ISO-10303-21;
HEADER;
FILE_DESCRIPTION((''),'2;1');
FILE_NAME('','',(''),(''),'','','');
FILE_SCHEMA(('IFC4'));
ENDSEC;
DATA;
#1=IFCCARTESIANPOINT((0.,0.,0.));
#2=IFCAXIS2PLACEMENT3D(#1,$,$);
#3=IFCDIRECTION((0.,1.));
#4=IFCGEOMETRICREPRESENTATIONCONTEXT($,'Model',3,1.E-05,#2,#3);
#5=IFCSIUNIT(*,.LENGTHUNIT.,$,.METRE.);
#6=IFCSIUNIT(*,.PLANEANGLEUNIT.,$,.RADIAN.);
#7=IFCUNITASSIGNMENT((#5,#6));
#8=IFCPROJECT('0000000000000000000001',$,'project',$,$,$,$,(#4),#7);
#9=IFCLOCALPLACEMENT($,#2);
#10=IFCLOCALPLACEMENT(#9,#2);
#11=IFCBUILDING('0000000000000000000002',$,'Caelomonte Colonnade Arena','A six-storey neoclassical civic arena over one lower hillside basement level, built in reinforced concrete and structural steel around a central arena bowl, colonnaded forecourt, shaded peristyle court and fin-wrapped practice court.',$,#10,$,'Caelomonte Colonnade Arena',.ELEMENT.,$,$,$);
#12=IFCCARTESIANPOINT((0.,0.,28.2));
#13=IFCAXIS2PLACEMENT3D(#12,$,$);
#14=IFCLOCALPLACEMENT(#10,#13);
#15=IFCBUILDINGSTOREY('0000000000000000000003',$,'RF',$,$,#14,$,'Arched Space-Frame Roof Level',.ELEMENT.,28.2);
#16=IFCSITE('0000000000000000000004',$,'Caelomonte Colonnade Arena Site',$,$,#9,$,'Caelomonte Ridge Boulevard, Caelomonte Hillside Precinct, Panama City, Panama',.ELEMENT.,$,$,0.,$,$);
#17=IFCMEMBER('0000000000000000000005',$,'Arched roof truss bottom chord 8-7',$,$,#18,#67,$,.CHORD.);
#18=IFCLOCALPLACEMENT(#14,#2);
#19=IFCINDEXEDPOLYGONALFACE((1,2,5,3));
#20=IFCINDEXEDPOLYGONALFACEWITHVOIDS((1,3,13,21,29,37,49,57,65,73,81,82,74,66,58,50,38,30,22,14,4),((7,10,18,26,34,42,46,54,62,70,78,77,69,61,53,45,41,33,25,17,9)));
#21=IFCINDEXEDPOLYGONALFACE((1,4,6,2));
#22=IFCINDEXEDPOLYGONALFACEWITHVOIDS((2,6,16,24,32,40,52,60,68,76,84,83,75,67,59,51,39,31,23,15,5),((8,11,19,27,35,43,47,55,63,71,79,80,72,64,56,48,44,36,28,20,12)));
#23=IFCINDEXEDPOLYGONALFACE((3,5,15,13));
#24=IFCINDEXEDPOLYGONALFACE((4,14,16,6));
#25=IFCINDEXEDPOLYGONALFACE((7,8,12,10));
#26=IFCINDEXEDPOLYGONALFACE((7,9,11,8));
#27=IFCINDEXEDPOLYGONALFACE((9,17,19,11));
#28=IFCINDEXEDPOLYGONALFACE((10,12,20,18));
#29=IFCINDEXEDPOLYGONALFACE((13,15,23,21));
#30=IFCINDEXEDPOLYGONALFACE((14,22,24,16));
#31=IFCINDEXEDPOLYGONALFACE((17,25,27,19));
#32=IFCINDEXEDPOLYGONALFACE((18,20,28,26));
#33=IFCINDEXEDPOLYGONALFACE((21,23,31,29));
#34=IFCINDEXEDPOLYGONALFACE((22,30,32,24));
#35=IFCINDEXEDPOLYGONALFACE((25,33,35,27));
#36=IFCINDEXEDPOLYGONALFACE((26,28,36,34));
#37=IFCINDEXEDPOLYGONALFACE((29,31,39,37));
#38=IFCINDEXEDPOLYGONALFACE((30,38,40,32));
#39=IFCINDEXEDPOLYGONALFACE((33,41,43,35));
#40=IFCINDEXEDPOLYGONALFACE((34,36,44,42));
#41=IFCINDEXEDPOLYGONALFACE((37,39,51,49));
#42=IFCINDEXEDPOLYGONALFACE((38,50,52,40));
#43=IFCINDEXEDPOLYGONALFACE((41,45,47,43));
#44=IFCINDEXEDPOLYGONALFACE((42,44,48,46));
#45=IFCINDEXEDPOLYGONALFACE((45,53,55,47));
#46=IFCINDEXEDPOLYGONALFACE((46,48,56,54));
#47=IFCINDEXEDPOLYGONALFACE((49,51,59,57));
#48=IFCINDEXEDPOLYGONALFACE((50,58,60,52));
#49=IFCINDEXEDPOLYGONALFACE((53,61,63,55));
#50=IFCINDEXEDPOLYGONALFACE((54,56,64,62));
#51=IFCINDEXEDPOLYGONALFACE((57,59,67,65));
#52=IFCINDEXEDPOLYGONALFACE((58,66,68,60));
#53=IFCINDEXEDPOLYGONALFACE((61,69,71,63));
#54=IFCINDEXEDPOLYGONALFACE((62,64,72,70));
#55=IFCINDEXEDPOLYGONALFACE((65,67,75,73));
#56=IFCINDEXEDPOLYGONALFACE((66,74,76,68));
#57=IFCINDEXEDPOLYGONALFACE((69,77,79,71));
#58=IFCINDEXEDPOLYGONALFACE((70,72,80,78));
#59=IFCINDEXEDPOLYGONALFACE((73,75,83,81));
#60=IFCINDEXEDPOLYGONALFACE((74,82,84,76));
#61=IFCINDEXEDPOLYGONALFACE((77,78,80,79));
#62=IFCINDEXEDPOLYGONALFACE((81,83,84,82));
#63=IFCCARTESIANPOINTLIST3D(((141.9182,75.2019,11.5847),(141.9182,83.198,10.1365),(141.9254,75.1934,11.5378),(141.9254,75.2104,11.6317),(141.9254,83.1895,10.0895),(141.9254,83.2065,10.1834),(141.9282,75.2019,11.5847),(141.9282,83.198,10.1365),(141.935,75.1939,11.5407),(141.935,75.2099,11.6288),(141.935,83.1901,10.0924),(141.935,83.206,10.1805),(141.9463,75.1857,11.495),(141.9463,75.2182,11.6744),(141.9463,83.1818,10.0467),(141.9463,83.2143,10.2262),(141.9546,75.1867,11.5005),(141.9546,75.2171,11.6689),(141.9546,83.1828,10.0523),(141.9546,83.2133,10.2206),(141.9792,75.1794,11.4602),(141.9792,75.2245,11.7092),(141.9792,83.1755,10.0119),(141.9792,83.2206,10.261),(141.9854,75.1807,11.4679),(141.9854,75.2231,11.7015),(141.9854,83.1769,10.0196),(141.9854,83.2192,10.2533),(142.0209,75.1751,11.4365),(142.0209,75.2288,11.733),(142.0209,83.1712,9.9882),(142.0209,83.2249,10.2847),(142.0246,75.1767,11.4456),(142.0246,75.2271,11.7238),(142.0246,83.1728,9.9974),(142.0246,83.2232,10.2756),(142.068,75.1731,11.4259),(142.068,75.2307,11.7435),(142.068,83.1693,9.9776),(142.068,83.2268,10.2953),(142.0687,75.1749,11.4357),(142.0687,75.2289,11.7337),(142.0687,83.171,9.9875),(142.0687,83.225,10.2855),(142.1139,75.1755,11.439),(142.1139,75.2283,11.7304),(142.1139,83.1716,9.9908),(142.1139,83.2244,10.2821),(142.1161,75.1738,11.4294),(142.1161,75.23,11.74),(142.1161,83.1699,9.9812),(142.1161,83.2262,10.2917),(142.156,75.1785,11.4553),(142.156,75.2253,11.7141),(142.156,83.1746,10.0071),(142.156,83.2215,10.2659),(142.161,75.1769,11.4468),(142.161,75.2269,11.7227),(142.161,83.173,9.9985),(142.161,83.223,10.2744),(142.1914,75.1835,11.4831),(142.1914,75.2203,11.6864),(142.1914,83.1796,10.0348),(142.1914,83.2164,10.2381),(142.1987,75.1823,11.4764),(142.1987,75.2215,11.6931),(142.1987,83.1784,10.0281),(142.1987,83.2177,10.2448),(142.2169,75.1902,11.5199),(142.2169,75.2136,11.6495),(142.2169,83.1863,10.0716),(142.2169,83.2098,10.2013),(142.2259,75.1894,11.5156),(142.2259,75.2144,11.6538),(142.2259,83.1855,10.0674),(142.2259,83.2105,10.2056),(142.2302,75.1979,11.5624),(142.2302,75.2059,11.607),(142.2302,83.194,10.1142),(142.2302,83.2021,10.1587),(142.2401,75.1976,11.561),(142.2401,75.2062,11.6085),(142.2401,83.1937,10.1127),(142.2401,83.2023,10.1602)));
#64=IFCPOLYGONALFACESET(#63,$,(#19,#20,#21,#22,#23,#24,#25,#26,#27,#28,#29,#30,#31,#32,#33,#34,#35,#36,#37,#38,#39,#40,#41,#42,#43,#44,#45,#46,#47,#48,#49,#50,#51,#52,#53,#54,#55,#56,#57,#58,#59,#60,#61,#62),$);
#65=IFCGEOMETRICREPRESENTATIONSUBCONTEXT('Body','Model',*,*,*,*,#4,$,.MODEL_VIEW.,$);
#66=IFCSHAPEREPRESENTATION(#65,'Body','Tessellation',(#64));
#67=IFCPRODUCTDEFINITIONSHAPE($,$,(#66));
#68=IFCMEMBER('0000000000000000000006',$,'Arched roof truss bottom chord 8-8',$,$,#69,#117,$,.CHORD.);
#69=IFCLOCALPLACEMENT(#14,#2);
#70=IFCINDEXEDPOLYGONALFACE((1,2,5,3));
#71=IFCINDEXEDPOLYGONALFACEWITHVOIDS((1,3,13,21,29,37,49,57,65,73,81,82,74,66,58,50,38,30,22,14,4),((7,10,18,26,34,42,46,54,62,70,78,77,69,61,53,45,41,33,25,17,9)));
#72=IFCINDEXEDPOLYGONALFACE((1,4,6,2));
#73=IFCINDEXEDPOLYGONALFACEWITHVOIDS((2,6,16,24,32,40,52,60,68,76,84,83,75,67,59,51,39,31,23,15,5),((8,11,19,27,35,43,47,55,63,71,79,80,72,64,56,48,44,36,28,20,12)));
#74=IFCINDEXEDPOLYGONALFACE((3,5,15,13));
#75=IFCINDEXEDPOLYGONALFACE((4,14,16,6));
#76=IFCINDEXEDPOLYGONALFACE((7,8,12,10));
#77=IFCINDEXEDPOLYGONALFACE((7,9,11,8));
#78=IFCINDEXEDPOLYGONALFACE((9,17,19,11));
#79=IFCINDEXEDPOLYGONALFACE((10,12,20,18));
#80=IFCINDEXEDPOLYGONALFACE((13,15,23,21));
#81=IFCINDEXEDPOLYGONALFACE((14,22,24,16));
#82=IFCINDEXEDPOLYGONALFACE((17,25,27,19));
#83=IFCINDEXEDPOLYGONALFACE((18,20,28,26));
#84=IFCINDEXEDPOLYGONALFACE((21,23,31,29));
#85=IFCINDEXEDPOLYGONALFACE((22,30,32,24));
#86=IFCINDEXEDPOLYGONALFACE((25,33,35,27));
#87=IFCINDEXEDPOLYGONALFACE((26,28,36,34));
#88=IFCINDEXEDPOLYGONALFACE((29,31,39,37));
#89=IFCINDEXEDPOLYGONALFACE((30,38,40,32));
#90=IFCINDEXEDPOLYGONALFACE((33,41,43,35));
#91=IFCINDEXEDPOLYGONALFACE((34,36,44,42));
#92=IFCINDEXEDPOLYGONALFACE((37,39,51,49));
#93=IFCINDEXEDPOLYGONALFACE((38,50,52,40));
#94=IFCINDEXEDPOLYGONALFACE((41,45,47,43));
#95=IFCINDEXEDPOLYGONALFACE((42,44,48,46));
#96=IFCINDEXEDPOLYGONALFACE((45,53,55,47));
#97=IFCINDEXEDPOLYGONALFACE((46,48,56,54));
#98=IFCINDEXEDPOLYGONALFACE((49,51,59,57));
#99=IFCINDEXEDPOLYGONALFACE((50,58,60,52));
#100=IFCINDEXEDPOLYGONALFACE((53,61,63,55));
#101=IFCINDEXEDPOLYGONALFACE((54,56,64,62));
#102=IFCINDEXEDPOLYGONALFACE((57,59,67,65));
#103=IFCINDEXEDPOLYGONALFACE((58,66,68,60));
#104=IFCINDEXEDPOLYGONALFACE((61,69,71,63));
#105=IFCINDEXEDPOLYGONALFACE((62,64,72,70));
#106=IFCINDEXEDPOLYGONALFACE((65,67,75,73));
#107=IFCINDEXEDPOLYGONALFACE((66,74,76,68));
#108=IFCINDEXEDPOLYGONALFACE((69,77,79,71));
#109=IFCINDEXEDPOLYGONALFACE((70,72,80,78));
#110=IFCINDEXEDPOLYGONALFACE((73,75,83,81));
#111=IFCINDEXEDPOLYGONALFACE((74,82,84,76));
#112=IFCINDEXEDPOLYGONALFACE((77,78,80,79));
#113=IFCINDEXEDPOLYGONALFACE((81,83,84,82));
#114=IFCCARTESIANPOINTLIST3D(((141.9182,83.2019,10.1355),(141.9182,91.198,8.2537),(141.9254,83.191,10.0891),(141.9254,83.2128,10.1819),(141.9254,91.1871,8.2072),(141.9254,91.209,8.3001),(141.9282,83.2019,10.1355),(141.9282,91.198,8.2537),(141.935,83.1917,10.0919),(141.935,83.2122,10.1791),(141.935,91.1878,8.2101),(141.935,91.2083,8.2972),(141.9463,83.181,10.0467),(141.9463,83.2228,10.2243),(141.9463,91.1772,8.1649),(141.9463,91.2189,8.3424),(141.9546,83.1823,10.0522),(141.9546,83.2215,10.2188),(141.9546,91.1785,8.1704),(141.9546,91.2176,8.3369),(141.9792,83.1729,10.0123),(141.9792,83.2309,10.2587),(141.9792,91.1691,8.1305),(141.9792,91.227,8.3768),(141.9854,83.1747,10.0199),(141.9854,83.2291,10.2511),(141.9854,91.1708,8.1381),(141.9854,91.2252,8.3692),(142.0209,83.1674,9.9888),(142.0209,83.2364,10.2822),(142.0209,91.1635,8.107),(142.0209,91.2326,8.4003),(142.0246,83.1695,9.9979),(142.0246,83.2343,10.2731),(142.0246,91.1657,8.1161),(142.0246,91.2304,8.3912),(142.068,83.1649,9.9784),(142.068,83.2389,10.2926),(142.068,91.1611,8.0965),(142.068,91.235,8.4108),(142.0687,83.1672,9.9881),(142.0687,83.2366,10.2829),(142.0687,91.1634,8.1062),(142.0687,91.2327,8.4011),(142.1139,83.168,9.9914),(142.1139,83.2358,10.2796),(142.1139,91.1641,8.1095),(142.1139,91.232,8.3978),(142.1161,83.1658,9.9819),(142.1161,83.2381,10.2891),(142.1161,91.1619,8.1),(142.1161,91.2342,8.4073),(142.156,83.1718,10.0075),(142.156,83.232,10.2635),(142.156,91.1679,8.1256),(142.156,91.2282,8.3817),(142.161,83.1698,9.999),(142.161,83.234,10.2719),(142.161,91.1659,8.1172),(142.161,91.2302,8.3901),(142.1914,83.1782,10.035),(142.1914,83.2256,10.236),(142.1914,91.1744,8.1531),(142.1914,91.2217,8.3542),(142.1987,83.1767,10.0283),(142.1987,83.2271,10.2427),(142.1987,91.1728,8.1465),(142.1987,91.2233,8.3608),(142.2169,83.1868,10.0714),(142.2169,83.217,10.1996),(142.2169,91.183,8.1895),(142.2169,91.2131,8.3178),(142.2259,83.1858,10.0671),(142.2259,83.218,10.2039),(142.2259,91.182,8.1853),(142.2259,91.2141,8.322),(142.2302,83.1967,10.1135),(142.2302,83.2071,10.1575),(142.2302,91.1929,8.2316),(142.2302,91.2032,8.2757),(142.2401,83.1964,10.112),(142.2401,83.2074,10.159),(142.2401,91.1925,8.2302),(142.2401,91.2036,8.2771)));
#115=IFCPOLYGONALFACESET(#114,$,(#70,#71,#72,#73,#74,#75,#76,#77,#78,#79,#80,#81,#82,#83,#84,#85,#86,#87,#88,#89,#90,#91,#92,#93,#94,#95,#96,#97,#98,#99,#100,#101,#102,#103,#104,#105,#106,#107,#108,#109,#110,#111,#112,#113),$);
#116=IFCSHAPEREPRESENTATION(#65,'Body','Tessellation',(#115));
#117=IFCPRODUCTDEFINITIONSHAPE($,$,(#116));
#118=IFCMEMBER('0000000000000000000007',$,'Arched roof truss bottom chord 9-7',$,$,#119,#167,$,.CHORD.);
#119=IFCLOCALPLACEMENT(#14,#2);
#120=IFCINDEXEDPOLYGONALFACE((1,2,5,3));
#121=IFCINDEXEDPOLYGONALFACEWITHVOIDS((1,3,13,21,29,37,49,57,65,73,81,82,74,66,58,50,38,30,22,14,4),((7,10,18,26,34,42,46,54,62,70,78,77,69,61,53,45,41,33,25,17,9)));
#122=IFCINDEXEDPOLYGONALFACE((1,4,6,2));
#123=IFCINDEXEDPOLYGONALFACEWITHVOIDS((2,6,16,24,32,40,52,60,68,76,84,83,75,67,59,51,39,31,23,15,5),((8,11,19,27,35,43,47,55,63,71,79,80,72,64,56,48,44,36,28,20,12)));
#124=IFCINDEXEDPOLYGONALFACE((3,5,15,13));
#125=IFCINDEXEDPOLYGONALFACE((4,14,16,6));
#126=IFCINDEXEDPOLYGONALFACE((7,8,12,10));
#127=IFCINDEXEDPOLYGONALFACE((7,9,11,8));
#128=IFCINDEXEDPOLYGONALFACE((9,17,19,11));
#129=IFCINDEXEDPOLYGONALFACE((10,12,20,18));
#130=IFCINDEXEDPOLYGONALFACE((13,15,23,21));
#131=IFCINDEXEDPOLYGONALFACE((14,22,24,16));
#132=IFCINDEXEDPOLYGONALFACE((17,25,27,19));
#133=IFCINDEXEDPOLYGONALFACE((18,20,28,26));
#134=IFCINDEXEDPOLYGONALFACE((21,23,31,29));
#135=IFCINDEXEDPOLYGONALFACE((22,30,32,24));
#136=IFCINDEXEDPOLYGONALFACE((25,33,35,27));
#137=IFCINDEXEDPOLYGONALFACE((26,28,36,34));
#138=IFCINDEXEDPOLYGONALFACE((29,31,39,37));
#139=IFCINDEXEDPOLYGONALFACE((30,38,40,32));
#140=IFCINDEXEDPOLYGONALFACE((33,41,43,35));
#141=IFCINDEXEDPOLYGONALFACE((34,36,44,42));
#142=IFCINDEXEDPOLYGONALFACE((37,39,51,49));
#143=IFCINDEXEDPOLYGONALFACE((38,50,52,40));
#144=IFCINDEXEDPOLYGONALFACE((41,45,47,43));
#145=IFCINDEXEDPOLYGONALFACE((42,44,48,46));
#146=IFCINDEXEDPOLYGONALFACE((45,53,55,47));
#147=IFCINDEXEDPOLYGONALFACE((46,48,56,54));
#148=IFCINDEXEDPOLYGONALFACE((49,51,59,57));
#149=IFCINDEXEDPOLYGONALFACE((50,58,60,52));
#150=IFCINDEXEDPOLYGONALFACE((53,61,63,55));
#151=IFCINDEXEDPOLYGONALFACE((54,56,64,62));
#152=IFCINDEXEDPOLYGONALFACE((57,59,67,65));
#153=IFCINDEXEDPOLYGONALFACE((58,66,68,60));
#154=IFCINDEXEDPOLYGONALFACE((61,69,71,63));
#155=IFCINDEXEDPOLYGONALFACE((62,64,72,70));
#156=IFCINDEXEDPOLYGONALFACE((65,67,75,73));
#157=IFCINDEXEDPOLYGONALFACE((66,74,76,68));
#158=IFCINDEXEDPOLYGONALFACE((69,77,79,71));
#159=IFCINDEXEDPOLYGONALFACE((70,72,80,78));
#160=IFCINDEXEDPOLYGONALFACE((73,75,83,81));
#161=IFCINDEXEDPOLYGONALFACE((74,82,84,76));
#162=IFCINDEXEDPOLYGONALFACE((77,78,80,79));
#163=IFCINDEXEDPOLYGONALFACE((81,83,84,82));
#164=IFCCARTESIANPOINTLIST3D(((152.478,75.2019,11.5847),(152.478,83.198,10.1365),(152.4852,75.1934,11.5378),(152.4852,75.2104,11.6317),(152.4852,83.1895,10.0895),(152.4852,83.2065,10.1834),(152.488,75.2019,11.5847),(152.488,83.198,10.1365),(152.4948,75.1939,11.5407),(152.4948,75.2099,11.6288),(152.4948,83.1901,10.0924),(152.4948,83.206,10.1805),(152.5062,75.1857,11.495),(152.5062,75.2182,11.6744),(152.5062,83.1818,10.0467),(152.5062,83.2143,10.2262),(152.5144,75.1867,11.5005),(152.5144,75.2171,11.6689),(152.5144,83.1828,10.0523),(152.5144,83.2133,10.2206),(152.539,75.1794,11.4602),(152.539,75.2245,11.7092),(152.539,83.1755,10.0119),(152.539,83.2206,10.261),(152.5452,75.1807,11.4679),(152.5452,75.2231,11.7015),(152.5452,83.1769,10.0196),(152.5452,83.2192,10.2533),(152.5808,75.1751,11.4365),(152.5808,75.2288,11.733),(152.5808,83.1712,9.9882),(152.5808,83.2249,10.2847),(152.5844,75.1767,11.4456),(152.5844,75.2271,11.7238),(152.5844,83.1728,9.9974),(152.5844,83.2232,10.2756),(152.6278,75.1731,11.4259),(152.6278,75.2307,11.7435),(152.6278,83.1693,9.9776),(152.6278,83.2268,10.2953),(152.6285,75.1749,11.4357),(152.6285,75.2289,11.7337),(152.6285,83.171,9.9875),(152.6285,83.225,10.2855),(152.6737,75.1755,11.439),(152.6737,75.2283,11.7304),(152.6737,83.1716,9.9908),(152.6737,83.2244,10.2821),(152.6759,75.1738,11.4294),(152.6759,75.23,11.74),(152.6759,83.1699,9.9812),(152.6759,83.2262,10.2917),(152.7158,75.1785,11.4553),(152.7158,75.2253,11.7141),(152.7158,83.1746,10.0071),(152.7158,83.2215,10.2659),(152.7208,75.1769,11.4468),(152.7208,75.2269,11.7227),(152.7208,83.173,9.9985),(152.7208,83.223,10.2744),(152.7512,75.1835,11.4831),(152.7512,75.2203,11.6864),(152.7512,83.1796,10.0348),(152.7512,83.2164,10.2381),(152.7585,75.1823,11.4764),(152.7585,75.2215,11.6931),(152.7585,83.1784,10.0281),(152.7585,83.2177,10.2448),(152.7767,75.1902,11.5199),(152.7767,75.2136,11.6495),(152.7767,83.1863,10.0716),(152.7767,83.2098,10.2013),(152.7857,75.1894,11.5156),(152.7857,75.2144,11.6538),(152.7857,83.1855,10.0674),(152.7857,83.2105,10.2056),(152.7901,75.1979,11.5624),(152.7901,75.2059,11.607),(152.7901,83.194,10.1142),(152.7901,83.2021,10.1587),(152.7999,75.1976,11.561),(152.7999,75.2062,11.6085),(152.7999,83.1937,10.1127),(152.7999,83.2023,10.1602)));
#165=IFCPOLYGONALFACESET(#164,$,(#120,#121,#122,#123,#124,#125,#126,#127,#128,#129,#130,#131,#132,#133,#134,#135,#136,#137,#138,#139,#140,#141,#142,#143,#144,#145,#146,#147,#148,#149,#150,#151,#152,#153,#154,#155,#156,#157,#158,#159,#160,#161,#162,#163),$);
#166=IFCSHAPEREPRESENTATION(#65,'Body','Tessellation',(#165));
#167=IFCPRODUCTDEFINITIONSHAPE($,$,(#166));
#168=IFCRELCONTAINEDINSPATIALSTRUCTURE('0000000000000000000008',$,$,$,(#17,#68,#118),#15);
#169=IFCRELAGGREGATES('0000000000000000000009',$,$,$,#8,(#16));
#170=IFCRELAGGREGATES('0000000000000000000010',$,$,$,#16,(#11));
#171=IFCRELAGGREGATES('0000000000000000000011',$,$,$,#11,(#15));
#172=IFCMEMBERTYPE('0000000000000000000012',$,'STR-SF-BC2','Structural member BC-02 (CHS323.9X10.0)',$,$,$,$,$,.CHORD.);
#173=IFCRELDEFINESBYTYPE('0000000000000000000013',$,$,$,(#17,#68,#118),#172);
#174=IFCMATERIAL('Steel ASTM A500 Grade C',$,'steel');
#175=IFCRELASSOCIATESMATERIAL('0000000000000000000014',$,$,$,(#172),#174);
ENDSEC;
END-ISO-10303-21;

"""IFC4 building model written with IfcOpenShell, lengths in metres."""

from ifc_helpers import new_model, si_unit, direction, frame, origin, origin_2d, place, context, subcontext, project, spatial, hollow_circle, extrude, material, material_profile, profile_set, type_object, element, save


model = new_model("IFC4")

# Units and contexts
model_context = context("Model", 3, precision=1e-05, world=origin(), true_north=direction((0.0, 1.0)))
body_context = subcontext(model_context, "Body", "Model", "MODEL_VIEW")
ifc_project = project(units=[si_unit("LENGTHUNIT", "METRE"), si_unit("PLANEANGLEUNIT", "RADIAN")], contexts=[model_context])

# Site, building, storey
site_placement = place(None, origin())
site = spatial("IfcSite", under=ifc_project, at=site_placement, Name="Caelomonte Colonnade Arena Site", LongName="Caelomonte Ridge Boulevard, Caelomonte Hillside Precinct, Panama City, Panama", CompositionType="ELEMENT", RefElevation=0.0)
building_placement = place(site_placement, origin())
building = spatial("IfcBuilding", under=site, at=building_placement, Name="Caelomonte Colonnade Arena", Description="A six-storey neoclassical civic arena over one lower hillside basement level, built in reinforced concrete and structural steel around a central arena bowl, colonnaded forecourt, shaded peristyle court and fin-wrapped practice court.", LongName="Caelomonte Colonnade Arena", CompositionType="ELEMENT")
storey_placement = place(building_placement, frame((0.0, 0.0, 28.2)))
storey = spatial("IfcBuildingStorey", under=building, at=storey_placement, Name="RF", LongName="Arched Space-Frame Roof Level", CompositionType="ELEMENT", Elevation=28.2)

# Members
ifc_material_1 = material(Name="Steel ASTM A500 Grade C", Category="steel")
ifc_material_profile_1 = material_profile(ifc_material_1, hollow_circle(Radius=0.1619, WallThickness=0.01, at=origin_2d()), Name="CHS323.9X10.0")
ifc_profile_set_1 = profile_set([ifc_material_profile_1], Name="Steel ASTM A500 Grade C")
member_type_1 = type_object("IfcMemberType", Name="STR-SF-BC2", Description="Structural member BC-02 (CHS323.9X10.0)", PredefinedType="CHORD", material=ifc_profile_set_1)
member_1_placement = place(storey_placement, frame((142.0801, 75.2019, 11.5847), z_axis=(0.0, 0.983991, -0.178219), x_axis=(-1.0, 0.0, 0.0)))
element("IfcMember", 1, at=member_1_placement, inside=storey, type_object=member_type_1, Name="Arched roof truss bottom chord 8-7", PredefinedType="CHORD", context=body_context, shape_type="SweptSolid", body=[
    extrude(hollow_circle(Radius=0.1619, WallThickness=0.01, at=origin_2d()), origin(), (0.0, 0.0, 1.0), 8.1262),
])
member_2_placement = place(storey_placement, frame((142.0801, 83.2019, 10.1355), z_axis=(0.0, 0.973406, -0.229086), x_axis=(-1.0, 0.0, 0.0)))
element("IfcMember", 2, at=member_2_placement, inside=storey, type_object=member_type_1, Name="Arched roof truss bottom chord 8-8", PredefinedType="CHORD", context=body_context, shape_type="SweptSolid", body=[
    extrude(hollow_circle(Radius=0.1619, WallThickness=0.01, at=origin_2d()), origin(), (0.0, 0.0, 1.0), 8.2146),
])
member_3_placement = place(storey_placement, frame((152.6399, 75.2019, 11.5847), z_axis=(0.0, 0.983991, -0.178219), x_axis=(-1.0, 0.0, 0.0)))
element("IfcMember", 3, at=member_3_placement, inside=storey, type_object=member_type_1, Name="Arched roof truss bottom chord 9-7", PredefinedType="CHORD", context=body_context, shape_type="SweptSolid", body=[
    extrude(hollow_circle(Radius=0.1619, WallThickness=0.01, at=origin_2d()), origin(), (0.0, 0.0, 1.0), 8.1262),
])

save(model, "model.ifc")
